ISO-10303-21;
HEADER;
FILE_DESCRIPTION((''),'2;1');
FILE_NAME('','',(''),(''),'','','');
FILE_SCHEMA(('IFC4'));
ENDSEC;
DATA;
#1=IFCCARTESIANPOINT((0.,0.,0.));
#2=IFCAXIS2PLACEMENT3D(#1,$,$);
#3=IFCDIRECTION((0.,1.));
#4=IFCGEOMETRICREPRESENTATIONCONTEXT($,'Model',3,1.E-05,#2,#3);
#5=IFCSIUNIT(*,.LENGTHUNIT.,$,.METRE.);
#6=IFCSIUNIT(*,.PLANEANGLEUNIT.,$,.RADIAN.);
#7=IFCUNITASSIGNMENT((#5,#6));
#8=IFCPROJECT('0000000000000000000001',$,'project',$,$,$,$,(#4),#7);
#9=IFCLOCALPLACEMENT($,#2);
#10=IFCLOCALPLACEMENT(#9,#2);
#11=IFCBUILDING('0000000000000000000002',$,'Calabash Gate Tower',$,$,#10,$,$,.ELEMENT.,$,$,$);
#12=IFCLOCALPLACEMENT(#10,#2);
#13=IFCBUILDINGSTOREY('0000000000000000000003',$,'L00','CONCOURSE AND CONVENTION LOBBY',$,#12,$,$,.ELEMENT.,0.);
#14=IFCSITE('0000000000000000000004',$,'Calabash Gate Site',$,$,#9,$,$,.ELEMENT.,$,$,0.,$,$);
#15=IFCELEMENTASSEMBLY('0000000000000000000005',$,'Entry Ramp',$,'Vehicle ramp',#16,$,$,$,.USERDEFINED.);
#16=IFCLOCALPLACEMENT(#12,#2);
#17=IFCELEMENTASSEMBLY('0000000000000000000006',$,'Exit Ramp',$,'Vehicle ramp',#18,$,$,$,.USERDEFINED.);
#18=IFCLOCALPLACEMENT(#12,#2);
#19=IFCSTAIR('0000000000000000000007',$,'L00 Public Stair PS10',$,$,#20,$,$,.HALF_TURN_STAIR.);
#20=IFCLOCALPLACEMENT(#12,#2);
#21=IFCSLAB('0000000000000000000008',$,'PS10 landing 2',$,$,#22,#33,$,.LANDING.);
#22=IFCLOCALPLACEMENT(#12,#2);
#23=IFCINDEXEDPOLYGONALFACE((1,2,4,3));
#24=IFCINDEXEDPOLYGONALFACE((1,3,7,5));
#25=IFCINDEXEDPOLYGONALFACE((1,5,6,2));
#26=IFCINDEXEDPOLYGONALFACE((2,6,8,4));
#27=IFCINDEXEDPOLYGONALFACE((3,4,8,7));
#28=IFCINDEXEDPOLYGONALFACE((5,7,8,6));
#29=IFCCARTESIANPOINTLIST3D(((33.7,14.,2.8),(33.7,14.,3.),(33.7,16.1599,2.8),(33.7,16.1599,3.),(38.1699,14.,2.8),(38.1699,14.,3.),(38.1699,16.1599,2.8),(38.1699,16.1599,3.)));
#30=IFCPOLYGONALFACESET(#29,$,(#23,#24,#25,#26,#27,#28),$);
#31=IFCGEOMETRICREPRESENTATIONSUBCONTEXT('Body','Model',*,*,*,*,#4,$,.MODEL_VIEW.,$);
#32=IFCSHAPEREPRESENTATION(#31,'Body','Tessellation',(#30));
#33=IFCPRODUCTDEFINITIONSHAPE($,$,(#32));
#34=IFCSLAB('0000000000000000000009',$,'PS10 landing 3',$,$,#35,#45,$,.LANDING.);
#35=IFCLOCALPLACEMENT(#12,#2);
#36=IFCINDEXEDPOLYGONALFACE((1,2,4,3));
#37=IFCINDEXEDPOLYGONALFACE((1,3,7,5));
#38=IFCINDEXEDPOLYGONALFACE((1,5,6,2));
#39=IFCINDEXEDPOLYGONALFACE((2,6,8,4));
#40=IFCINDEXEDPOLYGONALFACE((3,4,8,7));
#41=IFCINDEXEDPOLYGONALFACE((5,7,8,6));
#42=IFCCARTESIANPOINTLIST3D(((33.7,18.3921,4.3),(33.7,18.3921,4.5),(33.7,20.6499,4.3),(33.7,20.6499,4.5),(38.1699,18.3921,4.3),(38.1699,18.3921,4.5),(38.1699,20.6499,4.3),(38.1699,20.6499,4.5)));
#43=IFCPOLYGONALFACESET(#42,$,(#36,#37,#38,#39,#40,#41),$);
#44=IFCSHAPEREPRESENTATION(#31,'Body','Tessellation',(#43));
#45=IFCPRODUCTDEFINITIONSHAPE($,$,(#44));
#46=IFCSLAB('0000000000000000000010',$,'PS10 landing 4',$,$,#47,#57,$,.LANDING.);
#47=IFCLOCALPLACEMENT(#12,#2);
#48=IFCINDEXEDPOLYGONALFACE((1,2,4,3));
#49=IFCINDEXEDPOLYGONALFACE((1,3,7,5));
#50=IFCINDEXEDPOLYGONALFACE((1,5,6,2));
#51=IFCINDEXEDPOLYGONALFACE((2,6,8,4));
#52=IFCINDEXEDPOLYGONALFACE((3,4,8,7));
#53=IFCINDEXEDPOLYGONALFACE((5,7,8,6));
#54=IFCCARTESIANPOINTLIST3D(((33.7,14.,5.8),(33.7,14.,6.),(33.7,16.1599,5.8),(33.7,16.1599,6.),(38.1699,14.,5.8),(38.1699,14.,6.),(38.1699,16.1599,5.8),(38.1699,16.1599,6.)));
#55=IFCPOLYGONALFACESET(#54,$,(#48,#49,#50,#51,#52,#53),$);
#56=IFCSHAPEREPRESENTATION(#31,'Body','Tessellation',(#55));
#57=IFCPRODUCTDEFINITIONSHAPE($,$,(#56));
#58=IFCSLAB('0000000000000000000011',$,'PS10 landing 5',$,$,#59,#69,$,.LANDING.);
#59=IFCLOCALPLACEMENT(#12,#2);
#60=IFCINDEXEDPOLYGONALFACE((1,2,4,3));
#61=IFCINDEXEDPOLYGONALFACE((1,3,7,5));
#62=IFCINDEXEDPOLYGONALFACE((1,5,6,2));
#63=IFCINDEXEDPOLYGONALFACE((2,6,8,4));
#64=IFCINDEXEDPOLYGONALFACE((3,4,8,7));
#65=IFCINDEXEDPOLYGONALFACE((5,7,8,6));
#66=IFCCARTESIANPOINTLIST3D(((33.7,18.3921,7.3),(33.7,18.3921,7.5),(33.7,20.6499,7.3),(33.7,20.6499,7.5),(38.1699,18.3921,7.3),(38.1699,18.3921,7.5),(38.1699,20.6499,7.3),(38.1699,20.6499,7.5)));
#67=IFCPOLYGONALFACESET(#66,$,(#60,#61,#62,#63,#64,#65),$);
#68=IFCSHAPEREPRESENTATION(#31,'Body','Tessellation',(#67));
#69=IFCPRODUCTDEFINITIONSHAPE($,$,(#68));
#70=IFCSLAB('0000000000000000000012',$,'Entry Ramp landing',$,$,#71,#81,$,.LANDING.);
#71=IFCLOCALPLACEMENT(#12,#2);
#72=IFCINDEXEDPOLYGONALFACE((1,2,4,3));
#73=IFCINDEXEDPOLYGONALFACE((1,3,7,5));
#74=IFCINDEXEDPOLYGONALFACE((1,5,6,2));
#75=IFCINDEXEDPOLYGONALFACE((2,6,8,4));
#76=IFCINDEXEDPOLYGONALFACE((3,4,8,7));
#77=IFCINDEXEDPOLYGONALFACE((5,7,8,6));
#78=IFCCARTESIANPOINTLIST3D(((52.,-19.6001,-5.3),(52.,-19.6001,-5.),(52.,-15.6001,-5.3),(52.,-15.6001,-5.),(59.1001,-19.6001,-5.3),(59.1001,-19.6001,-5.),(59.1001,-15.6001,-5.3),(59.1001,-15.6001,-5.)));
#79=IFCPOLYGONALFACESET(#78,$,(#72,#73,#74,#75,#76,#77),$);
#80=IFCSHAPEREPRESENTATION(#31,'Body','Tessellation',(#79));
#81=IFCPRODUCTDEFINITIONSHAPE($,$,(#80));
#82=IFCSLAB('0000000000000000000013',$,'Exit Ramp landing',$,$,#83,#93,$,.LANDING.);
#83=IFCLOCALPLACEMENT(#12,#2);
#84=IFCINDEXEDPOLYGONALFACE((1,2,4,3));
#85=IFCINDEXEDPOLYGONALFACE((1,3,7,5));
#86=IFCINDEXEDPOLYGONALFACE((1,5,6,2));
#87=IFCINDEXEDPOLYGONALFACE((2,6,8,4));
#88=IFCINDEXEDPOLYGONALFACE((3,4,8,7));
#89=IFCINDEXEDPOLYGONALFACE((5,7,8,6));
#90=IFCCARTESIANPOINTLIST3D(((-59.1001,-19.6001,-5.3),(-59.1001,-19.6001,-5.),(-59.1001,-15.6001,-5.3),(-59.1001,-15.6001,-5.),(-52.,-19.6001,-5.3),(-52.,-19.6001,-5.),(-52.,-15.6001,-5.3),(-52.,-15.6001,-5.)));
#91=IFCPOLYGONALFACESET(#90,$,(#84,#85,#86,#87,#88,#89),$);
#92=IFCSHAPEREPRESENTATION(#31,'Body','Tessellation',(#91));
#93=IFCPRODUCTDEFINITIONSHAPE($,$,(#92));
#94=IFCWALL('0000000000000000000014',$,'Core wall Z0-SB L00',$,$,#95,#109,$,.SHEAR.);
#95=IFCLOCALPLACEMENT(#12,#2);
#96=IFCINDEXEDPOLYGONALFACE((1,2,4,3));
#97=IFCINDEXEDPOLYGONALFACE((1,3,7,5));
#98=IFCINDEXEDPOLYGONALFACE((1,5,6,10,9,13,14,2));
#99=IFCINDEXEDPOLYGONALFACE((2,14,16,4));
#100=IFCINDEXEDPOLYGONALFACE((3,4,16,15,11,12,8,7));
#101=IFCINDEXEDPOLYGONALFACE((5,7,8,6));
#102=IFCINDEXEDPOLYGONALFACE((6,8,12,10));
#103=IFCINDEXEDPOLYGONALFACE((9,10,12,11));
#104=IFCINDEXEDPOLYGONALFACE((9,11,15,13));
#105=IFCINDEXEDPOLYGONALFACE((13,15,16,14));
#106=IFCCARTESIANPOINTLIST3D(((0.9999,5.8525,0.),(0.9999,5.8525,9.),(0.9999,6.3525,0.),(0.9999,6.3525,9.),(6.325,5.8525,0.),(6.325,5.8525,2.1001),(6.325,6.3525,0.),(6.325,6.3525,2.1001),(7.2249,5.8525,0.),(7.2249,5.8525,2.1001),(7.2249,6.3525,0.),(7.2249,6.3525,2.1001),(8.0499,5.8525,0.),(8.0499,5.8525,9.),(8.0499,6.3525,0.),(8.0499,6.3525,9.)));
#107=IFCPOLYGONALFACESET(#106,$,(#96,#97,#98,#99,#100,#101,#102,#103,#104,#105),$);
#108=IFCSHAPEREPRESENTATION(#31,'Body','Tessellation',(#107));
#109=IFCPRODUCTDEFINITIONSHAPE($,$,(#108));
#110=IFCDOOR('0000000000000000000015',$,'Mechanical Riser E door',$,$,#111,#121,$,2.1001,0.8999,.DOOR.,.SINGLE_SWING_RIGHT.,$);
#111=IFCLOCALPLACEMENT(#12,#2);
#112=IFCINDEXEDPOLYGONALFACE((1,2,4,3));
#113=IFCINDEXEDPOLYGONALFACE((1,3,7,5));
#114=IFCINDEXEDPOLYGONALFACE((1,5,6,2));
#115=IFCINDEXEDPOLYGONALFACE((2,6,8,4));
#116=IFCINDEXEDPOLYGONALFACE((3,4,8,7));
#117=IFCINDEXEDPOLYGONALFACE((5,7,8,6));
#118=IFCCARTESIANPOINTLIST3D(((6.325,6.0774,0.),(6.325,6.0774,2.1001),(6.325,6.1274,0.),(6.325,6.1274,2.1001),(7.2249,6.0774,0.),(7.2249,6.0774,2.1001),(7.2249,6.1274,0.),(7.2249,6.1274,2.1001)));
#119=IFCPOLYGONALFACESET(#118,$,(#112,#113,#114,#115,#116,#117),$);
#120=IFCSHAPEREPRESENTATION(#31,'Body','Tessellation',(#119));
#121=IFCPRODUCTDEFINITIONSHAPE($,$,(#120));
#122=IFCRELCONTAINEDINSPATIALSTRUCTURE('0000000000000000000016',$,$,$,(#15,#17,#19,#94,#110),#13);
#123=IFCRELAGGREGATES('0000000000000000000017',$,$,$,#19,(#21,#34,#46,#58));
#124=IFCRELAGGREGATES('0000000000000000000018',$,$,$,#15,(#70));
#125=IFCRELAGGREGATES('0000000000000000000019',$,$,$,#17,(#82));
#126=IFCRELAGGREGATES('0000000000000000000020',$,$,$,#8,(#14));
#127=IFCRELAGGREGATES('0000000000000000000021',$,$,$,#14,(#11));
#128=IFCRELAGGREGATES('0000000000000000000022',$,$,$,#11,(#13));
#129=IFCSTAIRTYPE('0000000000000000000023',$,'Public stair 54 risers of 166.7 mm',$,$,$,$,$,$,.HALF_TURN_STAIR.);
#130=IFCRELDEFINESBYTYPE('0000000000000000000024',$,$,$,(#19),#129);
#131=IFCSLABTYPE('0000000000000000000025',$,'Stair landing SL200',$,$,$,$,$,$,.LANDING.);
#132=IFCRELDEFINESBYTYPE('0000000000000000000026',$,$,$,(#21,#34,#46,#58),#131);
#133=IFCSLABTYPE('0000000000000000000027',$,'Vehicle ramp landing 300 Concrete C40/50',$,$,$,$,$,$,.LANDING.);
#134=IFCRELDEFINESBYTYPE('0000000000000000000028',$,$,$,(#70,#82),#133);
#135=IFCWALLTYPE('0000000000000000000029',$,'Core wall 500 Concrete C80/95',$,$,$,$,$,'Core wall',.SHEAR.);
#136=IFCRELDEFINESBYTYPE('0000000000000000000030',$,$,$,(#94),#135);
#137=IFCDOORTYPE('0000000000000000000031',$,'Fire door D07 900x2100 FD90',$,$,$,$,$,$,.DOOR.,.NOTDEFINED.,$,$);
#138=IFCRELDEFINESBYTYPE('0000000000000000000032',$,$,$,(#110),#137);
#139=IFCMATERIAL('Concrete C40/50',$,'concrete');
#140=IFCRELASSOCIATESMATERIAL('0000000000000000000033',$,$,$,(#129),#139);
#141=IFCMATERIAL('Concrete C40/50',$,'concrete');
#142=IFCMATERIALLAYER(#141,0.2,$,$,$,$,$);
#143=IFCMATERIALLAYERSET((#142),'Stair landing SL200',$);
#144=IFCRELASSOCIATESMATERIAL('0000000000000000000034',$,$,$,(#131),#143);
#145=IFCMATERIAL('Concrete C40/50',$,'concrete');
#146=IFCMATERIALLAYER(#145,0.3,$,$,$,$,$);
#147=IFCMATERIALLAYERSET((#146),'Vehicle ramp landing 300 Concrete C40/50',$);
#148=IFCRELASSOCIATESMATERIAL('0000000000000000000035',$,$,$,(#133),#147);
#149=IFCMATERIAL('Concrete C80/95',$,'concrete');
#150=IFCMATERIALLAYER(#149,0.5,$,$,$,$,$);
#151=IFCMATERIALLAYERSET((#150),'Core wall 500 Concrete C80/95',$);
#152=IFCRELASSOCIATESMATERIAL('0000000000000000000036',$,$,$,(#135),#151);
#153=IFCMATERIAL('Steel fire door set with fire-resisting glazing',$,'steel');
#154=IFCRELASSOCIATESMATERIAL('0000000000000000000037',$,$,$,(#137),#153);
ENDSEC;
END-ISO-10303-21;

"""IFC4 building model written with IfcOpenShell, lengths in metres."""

from ifc_helpers import new_model, si_unit, direction, frame, frame_2d, origin, place, context, subcontext, project, spatial, polyline, rectangle, outline, extrude, material, layer, layer_set, type_object, element, fill, aggregate, save


model = new_model("IFC4")

# Units and contexts
model_context = context("Model", 3, precision=1e-05, world=origin(), true_north=direction((0.0, 1.0)))
body_context = subcontext(model_context, "Body", "Model", "MODEL_VIEW")
ifc_project = project(units=[si_unit("LENGTHUNIT", "METRE"), si_unit("PLANEANGLEUNIT", "RADIAN")], contexts=[model_context])

# Site, building, storey
site_placement = place(None, origin())
site = spatial("IfcSite", under=ifc_project, at=site_placement, Name="Calabash Gate Site", CompositionType="ELEMENT", RefElevation=0.0)
building_placement = place(site_placement, origin())
building = spatial("IfcBuilding", under=site, at=building_placement, Name="Calabash Gate Tower", CompositionType="ELEMENT")
storey_placement = place(building_placement, origin())
storey = spatial("IfcBuildingStorey", under=building, at=storey_placement, Name="L00", Description="CONCOURSE AND CONVENTION LOBBY", CompositionType="ELEMENT", Elevation=0.0)

# Element assemblies
assembly_1_placement = place(storey_placement, origin())
assembly_1 = element("IfcElementAssembly", 1, at=assembly_1_placement, inside=storey, Name="Entry Ramp", ObjectType="Vehicle ramp", PredefinedType="USERDEFINED")
assembly_2_placement = place(storey_placement, origin())
assembly_2 = element("IfcElementAssembly", 2, at=assembly_2_placement, inside=storey, Name="Exit Ramp", ObjectType="Vehicle ramp", PredefinedType="USERDEFINED")

# Stair, slabs
ifc_material_1 = material(Name="Concrete C40/50", Category="concrete")
stair_type = type_object("IfcStairType", Name="Public stair 54 risers of 166.7 mm", PredefinedType="HALF_TURN_STAIR", material=ifc_material_1)
stair_placement = place(storey_placement, origin())
stair = element("IfcStair", 3, at=stair_placement, inside=storey, type_object=stair_type, Name="L00 Public Stair PS10", PredefinedType="HALF_TURN_STAIR")
ifc_material_2 = material(Name="Concrete C40/50", Category="concrete")
ifc_layer_1 = layer(ifc_material_2, 0.2)
ifc_layer_set_1 = layer_set([ifc_layer_1], Name="Stair landing SL200")
slab_type_1 = type_object("IfcSlabType", Name="Stair landing SL200", PredefinedType="LANDING", material=ifc_layer_set_1)
slab_1_placement = place(storey_placement, frame((0.0, 0.0, 2.8)))
slab_1 = element("IfcSlab", 4, at=slab_1_placement, type_object=slab_type_1, Name="PS10 landing 2", PredefinedType="LANDING", context=body_context, shape_type="SweptSolid", body=[
    extrude(outline(polyline([(38.1699, 14.0), (38.1699, 16.1599), (33.7, 16.1599), (33.7, 14.0), (38.1699, 14.0)])), origin(), (0.0, 0.0, 1.0), 0.2),
])
slab_2_placement = place(storey_placement, frame((0.0, 0.0, 4.3)))
slab_2 = element("IfcSlab", 5, at=slab_2_placement, type_object=slab_type_1, Name="PS10 landing 3", PredefinedType="LANDING", context=body_context, shape_type="SweptSolid", body=[
    extrude(outline(polyline([(38.1699, 18.3921), (38.1699, 20.6499), (33.7, 20.6499), (33.7, 18.3921), (38.1699, 18.3921)])), origin(), (0.0, 0.0, 1.0), 0.2),
])
slab_3_placement = place(storey_placement, frame((0.0, 0.0, 5.8)))
slab_3 = element("IfcSlab", 6, at=slab_3_placement, type_object=slab_type_1, Name="PS10 landing 4", PredefinedType="LANDING", context=body_context, shape_type="SweptSolid", body=[
    extrude(outline(polyline([(38.1699, 14.0), (38.1699, 16.1599), (33.7, 16.1599), (33.7, 14.0), (38.1699, 14.0)])), origin(), (0.0, 0.0, 1.0), 0.2),
])
slab_4_placement = place(storey_placement, frame((0.0, 0.0, 7.3)))
slab_4 = element("IfcSlab", 7, at=slab_4_placement, type_object=slab_type_1, Name="PS10 landing 5", PredefinedType="LANDING", context=body_context, shape_type="SweptSolid", body=[
    extrude(outline(polyline([(38.1699, 18.3921), (38.1699, 20.6499), (33.7, 20.6499), (33.7, 18.3921), (38.1699, 18.3921)])), origin(), (0.0, 0.0, 1.0), 0.2),
])
aggregate(stair, [slab_1, slab_2, slab_3, slab_4])

# Slabs
ifc_material_3 = material(Name="Concrete C40/50", Category="concrete")
ifc_layer_2 = layer(ifc_material_3, 0.3)
ifc_layer_set_2 = layer_set([ifc_layer_2], Name="Vehicle ramp landing 300 Concrete C40/50")
slab_type_2 = type_object("IfcSlabType", Name="Vehicle ramp landing 300 Concrete C40/50", PredefinedType="LANDING", material=ifc_layer_set_2)
slab_5_placement = place(storey_placement, frame((0.0, 0.0, -5.3)))
slab_5 = element("IfcSlab", 8, at=slab_5_placement, type_object=slab_type_2, Name="Entry Ramp landing", PredefinedType="LANDING", context=body_context, shape_type="SweptSolid", body=[
    extrude(outline(polyline([(52.0, -19.6001), (59.1001, -19.6001), (59.1001, -15.6001), (52.0, -15.6001), (52.0, -19.6001)])), origin(), (0.0, 0.0, 1.0), 0.3),
])
aggregate(assembly_1, [slab_5])
slab_6_placement = place(storey_placement, frame((0.0, 0.0, -5.3)))
slab_6 = element("IfcSlab", 9, at=slab_6_placement, type_object=slab_type_2, Name="Exit Ramp landing", PredefinedType="LANDING", context=body_context, shape_type="SweptSolid", body=[
    extrude(outline(polyline([(-59.1001, -19.6001), (-52.0, -19.6001), (-52.0, -15.6001), (-59.1001, -15.6001), (-59.1001, -19.6001)])), origin(), (0.0, 0.0, 1.0), 0.3),
])
aggregate(assembly_2, [slab_6])

# Wall, opening, door
ifc_material_4 = material(Name="Concrete C80/95", Category="concrete")
ifc_layer_3 = layer(ifc_material_4, 0.5)
ifc_layer_set_3 = layer_set([ifc_layer_3], Name="Core wall 500 Concrete C80/95")
wall_type = type_object("IfcWallType", Name="Core wall 500 Concrete C80/95", ElementType="Core wall", PredefinedType="SHEAR", material=ifc_layer_set_3)
wall_placement = place(storey_placement, frame((1.0, 6.1025, 0.0), z_axis=(0.0, 0.0, 1.0), x_axis=(1.0, 0.0, 0.0)))
wall = element("IfcWall", 10, at=wall_placement, inside=storey, type_object=wall_type, Name="Core wall Z0-SB L00", PredefinedType="SHEAR", context=body_context, shape_type="SweptSolid", body=[
    extrude(rectangle(XDim=7.05, YDim=0.5, at=frame_2d((3.5249, 0.0))), origin(), (0.0, 0.0, 1.0), 9.0),
])
opening_placement = place(wall_placement, frame((5.325, 0.0, 0.0)))
opening = element("IfcOpeningElement", 11, at=opening_placement, cuts=wall, PredefinedType="OPENING", context=body_context, shape_type="SweptSolid", body=[
    extrude(rectangle(XDim=0.8999, YDim=2.1001, at=frame_2d((0.45, 1.05))), frame((0.0, 0.26, 0.0), z_axis=(0.0, -1.0, 0.0), x_axis=(1.0, 0.0, 0.0)), (0.0, 0.0, 1.0), 0.52),
])
ifc_material_5 = material(Name="Steel fire door set with fire-resisting glazing", Category="steel")
door_type = type_object("IfcDoorType", Name="Fire door D07 900x2100 FD90", OperationType="NOTDEFINED", PredefinedType="DOOR", material=ifc_material_5)
door_placement = place(opening_placement, origin())
door = element("IfcDoor", 12, at=door_placement, inside=storey, type_object=door_type, Name="Mechanical Riser E door", OperationType="SINGLE_SWING_RIGHT", OverallHeight=2.1001, OverallWidth=0.8999, PredefinedType="DOOR", context=body_context, shape_type="SweptSolid", body=[
    extrude(rectangle(XDim=0.8999, YDim=2.1001, at=frame_2d((0.45, 1.05))), frame((0.0, 0.0249, 0.0), z_axis=(0.0, -1.0, 0.0), x_axis=(1.0, 0.0, 0.0)), (0.0, 0.0, 1.0), 0.05),
])
fill(opening, door)

save(model, "model.ifc")
